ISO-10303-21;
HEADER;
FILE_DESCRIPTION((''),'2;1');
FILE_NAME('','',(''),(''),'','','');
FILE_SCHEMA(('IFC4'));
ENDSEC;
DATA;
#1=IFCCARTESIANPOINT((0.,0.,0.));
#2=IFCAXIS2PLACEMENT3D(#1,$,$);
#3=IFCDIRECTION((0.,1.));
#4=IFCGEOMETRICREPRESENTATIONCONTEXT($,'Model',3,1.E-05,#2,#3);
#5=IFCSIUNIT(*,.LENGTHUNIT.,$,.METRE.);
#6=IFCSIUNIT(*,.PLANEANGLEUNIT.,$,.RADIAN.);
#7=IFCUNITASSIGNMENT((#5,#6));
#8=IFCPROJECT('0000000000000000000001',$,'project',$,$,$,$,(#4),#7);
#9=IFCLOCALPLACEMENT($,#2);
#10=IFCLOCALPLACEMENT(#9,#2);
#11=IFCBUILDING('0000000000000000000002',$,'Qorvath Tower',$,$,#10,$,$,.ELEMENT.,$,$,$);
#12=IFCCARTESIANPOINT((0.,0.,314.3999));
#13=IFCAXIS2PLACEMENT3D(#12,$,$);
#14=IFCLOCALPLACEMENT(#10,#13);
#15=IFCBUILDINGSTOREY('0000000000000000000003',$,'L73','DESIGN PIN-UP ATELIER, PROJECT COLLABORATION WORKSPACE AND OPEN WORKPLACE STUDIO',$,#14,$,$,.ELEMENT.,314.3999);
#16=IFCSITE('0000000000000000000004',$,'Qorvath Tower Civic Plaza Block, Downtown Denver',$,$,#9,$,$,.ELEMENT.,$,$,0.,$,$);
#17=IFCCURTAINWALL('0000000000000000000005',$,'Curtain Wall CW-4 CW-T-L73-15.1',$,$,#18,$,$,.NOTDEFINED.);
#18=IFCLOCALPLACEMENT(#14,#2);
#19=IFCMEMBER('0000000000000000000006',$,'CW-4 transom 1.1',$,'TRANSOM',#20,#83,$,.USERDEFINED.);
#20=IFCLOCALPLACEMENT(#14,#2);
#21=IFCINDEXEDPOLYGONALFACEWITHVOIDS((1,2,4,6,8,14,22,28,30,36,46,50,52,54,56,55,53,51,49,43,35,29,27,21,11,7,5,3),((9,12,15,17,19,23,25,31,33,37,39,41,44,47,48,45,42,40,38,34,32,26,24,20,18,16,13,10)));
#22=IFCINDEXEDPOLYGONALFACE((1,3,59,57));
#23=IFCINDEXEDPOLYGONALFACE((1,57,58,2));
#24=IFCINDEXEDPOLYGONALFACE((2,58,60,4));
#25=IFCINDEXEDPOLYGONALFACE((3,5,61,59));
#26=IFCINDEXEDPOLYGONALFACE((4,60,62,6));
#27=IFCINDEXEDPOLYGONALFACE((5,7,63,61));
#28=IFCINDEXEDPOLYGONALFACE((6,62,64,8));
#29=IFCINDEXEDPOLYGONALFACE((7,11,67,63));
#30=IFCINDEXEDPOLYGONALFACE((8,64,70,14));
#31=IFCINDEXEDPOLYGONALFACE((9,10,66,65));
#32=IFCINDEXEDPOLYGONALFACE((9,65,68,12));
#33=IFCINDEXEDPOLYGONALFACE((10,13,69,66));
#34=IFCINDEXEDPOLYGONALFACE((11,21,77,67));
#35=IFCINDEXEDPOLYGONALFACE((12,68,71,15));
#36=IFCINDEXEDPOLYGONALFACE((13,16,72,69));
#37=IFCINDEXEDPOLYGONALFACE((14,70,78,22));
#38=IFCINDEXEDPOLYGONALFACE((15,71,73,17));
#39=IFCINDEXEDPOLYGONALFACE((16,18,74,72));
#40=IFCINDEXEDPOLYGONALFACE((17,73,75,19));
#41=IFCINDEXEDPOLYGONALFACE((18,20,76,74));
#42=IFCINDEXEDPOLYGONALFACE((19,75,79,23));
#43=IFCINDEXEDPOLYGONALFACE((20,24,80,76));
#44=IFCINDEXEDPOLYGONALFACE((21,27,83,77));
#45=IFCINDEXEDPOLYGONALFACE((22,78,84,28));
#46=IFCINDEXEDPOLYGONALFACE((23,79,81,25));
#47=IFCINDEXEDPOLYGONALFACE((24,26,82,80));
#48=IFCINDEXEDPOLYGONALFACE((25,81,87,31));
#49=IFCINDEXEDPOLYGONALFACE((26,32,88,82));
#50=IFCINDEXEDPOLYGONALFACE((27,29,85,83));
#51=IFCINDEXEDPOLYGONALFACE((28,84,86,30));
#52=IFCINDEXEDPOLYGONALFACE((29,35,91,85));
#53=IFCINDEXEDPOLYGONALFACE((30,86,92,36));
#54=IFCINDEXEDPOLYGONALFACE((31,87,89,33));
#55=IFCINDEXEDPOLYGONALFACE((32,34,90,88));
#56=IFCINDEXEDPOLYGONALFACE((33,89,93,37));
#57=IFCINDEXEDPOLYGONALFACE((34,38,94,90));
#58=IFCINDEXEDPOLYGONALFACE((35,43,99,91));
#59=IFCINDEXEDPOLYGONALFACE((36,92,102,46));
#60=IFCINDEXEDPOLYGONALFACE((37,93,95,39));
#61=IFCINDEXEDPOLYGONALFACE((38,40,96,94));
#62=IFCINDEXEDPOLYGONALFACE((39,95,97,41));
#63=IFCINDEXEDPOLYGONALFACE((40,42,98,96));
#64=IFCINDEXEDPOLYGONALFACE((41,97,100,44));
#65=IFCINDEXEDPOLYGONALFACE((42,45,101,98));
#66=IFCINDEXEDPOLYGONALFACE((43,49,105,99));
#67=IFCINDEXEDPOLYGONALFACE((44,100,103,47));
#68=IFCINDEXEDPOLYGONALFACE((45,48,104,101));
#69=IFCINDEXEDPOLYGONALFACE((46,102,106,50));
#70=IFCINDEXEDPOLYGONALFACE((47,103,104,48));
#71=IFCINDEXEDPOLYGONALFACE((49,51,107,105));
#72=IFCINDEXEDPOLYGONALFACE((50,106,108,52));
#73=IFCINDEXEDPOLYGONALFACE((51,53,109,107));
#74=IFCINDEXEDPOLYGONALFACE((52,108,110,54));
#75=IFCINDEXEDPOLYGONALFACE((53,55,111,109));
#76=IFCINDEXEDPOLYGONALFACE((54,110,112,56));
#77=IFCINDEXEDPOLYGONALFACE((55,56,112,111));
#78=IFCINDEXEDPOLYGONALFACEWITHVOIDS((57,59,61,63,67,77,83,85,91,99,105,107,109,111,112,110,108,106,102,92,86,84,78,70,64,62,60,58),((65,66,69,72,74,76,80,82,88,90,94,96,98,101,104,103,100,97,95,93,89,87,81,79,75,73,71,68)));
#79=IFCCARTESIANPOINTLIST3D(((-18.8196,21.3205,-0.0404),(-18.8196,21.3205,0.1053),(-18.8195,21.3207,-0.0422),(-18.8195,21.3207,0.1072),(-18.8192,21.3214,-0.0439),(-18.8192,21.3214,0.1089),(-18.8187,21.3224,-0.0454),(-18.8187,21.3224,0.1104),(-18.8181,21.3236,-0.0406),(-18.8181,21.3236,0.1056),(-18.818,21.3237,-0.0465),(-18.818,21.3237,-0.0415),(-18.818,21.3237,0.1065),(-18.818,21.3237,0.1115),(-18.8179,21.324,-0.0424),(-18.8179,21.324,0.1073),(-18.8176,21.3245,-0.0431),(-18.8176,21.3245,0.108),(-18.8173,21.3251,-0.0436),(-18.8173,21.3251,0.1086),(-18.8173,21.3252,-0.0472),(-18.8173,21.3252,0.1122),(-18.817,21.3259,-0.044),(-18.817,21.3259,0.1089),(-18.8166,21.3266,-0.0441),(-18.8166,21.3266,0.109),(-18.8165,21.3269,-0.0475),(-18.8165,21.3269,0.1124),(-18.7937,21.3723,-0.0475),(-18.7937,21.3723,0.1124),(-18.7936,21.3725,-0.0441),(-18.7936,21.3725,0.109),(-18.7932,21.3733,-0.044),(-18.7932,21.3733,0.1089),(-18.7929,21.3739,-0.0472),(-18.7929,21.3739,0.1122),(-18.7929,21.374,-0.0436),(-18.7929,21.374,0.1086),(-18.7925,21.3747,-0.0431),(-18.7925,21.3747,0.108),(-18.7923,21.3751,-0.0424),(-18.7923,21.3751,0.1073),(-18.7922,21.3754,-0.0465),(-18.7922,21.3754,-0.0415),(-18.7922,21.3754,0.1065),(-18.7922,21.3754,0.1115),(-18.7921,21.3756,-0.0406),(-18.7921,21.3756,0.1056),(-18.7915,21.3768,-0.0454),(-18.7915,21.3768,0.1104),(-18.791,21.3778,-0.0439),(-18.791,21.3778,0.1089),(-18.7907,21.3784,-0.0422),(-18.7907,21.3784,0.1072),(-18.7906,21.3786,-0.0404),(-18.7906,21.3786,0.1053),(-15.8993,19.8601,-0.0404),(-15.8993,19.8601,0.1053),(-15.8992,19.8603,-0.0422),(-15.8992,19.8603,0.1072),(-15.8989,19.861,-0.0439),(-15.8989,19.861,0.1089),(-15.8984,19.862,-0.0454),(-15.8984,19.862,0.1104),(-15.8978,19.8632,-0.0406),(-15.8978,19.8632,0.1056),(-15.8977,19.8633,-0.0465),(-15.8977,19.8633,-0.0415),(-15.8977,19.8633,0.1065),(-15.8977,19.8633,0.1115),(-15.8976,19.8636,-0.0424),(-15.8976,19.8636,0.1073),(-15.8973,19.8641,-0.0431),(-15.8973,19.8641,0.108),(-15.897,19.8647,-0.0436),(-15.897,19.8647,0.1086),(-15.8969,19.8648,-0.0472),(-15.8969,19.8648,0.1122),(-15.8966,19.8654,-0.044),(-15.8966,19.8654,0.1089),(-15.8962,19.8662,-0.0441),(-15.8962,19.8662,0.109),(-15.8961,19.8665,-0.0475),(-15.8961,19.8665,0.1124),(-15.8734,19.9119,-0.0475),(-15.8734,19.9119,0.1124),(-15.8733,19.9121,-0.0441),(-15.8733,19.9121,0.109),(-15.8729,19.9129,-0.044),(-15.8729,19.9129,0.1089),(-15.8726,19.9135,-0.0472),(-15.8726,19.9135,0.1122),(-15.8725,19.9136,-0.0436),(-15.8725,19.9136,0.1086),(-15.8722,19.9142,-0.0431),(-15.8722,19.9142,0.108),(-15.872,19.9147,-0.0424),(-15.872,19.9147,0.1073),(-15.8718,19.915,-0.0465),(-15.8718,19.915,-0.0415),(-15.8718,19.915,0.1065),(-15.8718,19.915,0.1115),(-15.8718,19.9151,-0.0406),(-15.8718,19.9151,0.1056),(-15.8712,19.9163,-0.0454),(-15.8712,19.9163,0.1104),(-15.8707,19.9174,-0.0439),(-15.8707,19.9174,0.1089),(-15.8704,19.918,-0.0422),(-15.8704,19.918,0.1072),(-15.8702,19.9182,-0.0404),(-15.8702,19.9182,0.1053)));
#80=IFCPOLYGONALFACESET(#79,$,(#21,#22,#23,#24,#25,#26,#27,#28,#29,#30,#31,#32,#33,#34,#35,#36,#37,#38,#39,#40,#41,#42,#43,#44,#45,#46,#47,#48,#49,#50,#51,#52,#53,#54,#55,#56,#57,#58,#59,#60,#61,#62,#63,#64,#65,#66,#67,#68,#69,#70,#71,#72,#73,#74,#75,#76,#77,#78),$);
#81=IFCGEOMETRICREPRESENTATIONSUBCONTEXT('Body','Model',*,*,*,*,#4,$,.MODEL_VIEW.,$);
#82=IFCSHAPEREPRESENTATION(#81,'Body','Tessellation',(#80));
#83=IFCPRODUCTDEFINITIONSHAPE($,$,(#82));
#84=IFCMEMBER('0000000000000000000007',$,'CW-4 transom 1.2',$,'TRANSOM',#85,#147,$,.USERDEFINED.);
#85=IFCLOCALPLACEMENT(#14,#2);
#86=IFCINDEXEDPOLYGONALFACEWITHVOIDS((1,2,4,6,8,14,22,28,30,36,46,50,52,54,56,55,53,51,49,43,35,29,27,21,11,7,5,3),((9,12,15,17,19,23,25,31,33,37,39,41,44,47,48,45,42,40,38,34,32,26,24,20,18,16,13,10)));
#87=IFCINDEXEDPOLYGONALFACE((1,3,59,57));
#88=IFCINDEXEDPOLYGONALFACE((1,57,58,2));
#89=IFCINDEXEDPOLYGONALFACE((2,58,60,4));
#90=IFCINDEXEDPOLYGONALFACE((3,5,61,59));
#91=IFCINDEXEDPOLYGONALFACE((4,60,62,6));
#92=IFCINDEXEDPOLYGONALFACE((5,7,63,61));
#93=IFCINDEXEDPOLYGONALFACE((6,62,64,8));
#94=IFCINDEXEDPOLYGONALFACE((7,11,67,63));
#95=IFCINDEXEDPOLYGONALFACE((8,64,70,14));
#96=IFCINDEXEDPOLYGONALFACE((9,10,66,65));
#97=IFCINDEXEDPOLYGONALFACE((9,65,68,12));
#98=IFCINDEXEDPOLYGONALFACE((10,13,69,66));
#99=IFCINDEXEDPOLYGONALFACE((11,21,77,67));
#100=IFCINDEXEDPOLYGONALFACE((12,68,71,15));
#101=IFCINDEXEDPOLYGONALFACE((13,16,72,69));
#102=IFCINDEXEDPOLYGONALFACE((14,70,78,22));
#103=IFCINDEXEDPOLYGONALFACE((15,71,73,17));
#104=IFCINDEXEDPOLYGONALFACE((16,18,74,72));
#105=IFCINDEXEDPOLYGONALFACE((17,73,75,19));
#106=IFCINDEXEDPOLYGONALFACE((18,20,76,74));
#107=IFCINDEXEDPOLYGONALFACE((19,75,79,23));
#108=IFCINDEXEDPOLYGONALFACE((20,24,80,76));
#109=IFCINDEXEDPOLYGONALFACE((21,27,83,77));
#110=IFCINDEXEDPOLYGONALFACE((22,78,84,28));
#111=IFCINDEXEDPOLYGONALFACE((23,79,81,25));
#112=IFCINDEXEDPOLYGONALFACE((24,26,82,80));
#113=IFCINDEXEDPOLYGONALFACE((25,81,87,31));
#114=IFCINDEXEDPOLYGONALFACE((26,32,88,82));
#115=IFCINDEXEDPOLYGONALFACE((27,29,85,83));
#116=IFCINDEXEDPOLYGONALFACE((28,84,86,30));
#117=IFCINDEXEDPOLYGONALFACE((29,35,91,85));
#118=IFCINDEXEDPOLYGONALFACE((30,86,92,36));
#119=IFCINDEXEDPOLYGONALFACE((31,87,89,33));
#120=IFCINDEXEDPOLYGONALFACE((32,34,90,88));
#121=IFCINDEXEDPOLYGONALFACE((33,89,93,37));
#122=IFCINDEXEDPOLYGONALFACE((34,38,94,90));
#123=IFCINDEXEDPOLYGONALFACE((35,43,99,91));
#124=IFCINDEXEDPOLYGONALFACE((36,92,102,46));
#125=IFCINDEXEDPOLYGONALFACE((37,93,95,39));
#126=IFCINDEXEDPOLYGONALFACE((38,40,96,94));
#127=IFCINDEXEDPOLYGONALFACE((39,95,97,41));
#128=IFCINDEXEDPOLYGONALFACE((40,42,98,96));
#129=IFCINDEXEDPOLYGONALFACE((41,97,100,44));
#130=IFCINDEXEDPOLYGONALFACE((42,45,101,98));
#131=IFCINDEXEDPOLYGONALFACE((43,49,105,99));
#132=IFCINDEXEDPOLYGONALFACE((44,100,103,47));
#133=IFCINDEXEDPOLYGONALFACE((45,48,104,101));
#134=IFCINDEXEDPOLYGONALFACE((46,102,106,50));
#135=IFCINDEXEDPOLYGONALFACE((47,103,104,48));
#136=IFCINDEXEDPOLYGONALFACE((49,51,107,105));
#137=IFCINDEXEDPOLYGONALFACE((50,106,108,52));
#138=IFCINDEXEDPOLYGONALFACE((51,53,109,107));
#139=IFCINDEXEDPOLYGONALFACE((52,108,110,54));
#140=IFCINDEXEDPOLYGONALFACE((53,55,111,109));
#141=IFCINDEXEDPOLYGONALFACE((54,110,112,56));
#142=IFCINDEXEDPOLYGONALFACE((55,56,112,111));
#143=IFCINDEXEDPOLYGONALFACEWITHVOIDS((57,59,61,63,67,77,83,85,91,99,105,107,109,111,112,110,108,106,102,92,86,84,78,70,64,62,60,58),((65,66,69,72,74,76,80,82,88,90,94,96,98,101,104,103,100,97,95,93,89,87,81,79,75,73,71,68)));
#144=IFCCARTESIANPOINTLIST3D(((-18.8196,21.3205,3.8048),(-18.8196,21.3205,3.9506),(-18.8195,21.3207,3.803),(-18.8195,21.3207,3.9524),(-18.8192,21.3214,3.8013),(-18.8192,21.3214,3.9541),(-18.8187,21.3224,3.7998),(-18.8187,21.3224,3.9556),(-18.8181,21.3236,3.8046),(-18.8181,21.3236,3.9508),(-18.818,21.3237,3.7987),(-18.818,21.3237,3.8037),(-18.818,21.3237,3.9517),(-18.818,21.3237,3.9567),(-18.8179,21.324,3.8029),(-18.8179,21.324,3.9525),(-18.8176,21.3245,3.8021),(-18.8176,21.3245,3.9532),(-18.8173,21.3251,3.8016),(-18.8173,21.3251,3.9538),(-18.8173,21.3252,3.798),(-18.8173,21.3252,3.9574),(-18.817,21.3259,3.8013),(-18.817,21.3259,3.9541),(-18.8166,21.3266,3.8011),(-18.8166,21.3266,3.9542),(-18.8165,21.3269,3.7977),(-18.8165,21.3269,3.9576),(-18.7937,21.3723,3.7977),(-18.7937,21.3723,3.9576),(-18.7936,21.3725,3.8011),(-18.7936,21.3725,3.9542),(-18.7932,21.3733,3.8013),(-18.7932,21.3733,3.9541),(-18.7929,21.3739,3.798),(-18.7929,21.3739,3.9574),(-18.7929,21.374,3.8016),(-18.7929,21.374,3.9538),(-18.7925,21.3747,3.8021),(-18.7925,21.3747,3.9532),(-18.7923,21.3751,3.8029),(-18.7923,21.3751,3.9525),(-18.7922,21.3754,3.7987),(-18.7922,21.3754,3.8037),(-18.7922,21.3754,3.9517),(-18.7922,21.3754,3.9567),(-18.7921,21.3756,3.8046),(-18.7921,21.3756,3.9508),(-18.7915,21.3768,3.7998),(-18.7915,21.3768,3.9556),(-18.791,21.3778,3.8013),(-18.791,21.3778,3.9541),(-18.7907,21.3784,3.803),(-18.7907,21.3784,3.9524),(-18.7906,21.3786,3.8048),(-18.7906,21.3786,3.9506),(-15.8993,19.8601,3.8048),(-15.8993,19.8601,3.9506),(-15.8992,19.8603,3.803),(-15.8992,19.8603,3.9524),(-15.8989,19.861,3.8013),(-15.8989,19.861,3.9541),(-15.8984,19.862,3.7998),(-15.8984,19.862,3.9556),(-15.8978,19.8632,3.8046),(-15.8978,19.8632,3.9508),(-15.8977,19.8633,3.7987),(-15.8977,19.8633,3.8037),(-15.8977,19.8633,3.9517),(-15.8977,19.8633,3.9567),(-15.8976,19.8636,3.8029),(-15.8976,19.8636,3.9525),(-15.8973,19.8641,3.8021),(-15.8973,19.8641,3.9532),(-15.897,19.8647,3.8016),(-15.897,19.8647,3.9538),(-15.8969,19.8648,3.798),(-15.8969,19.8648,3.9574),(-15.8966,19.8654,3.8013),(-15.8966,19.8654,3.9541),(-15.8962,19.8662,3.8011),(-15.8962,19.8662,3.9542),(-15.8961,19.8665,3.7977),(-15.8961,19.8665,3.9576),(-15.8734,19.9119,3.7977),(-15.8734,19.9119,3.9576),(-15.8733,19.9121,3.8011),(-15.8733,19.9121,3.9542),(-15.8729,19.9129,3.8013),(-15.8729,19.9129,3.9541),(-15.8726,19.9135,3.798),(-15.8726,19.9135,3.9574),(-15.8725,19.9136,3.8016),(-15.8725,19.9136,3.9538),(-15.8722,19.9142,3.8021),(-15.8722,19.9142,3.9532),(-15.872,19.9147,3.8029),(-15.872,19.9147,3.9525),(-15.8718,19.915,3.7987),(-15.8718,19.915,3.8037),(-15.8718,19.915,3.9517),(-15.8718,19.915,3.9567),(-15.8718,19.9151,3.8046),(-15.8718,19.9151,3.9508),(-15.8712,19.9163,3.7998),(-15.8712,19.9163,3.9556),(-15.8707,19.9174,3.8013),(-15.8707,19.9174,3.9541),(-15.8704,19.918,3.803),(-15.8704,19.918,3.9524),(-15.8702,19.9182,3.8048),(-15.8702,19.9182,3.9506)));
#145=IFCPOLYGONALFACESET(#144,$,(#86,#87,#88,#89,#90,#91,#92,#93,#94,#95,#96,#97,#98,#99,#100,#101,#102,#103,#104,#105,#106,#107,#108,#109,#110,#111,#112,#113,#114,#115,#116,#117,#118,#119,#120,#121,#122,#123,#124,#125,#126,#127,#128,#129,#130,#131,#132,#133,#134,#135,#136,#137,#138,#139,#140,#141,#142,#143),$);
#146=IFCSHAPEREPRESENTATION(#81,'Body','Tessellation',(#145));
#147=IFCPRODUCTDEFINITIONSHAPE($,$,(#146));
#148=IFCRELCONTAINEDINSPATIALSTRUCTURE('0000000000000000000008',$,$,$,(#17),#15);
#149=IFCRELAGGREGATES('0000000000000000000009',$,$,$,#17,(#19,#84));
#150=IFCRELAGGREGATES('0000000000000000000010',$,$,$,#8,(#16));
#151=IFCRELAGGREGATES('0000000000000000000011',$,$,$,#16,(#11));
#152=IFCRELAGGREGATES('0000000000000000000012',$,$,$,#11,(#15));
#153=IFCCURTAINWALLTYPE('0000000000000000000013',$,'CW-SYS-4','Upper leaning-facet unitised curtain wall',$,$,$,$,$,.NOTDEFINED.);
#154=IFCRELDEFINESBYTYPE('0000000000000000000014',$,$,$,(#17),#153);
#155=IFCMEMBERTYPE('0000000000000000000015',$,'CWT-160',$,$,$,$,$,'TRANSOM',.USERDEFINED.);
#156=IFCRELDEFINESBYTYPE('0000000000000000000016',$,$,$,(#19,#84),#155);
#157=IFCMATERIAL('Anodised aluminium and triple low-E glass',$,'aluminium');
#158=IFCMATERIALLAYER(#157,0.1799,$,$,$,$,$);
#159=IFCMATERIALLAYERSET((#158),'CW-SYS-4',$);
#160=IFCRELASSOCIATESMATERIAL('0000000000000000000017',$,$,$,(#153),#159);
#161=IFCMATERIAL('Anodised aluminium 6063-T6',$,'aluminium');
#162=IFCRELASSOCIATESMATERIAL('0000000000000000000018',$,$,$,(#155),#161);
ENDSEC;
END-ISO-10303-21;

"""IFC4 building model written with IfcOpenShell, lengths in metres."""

from ifc_helpers import new_model, si_unit, direction, frame, origin, origin_2d, place, context, subcontext, project, spatial, hollow_rectangle, extrude, material, layer, layer_set, material_profile, profile_set, type_object, element, aggregate, save


model = new_model("IFC4")

# Units and contexts
model_context = context("Model", 3, precision=1e-05, world=origin(), true_north=direction((0.0, 1.0)))
body_context = subcontext(model_context, "Body", "Model", "MODEL_VIEW")
ifc_project = project(units=[si_unit("LENGTHUNIT", "METRE"), si_unit("PLANEANGLEUNIT", "RADIAN")], contexts=[model_context])

# Site, building, storey
site_placement = place(None, origin())
site = spatial("IfcSite", under=ifc_project, at=site_placement, Name="Qorvath Tower Civic Plaza Block, Downtown Denver", CompositionType="ELEMENT", RefElevation=0.0)
building_placement = place(site_placement, origin())
building = spatial("IfcBuilding", under=site, at=building_placement, Name="Qorvath Tower", CompositionType="ELEMENT")
storey_placement = place(building_placement, frame((0.0, 0.0, 314.3999)))
storey = spatial("IfcBuildingStorey", under=building, at=storey_placement, Name="L73", Description="DESIGN PIN-UP ATELIER, PROJECT COLLABORATION WORKSPACE AND OPEN WORKPLACE STUDIO", CompositionType="ELEMENT", Elevation=314.3999)

# Shared definitions
ifc_material_1 = material(Name="Anodised aluminium and triple low-E glass", Category="aluminium")
ifc_layer_1 = layer(ifc_material_1, 0.1799)
ifc_layer_set_1 = layer_set([ifc_layer_1], Name="CW-SYS-4")
curtain_wall_type = type_object("IfcCurtainWallType", Name="CW-SYS-4", Description="Upper leaning-facet unitised curtain wall", PredefinedType="NOTDEFINED", material=ifc_layer_set_1)

# Curtain wall
curtain_wall_1_placement = place(storey_placement, origin())
curtain_wall_1 = element("IfcCurtainWall", 1, at=curtain_wall_1_placement, inside=storey, type_object=curtain_wall_type, Name="Curtain Wall CW-4 CW-T-L73-15.1", PredefinedType="NOTDEFINED")

# Members
ifc_material_2 = material(Name="Anodised aluminium 6063-T6", Category="aluminium")
ifc_material_profile_1 = material_profile(ifc_material_2, hollow_rectangle(XDim=0.0649, YDim=0.1599, WallThickness=0.0034, InnerFilletRadius=0.0034, OuterFilletRadius=0.0071, at=origin_2d()), Name="CWT 160x65")
ifc_profile_set_1 = profile_set([ifc_material_profile_1], Name="Anodised aluminium 6063-T6")
member_type_1 = type_object("IfcMemberType", Name="CWT-160", ElementType="TRANSOM", PredefinedType="USERDEFINED", material=ifc_profile_set_1)
member_1_placement = place(storey_placement, frame((-15.8848, 19.8892, 0.0325), z_axis=(-0.894397, 0.447273, 0.0), x_axis=(-0.447273, -0.894397, 0.0)))
member_1 = element("IfcMember", 2, at=member_1_placement, type_object=member_type_1, Name="CW-4 transom 1.1", ObjectType="TRANSOM", PredefinedType="USERDEFINED", context=body_context, shape_type="SweptSolid", body=[
    extrude(hollow_rectangle(XDim=0.0649, YDim=0.1599, WallThickness=0.0034, InnerFilletRadius=0.0034, OuterFilletRadius=0.0071, at=origin_2d()), origin(), (0.0, 0.0, 1.0), 3.2651),
])
member_2_placement = place(storey_placement, frame((-15.8848, 19.8892, 3.8777), z_axis=(-0.894397, 0.447273, 0.0), x_axis=(-0.447273, -0.894397, 0.0)))
member_2 = element("IfcMember", 3, at=member_2_placement, type_object=member_type_1, Name="CW-4 transom 1.2", ObjectType="TRANSOM", PredefinedType="USERDEFINED", context=body_context, shape_type="SweptSolid", body=[
    extrude(hollow_rectangle(XDim=0.0649, YDim=0.1599, WallThickness=0.0034, InnerFilletRadius=0.0034, OuterFilletRadius=0.0071, at=origin_2d()), origin(), (0.0, 0.0, 1.0), 3.2651),
])

aggregate(curtain_wall_1, [member_1, member_2])

save(model, "model.ifc")
